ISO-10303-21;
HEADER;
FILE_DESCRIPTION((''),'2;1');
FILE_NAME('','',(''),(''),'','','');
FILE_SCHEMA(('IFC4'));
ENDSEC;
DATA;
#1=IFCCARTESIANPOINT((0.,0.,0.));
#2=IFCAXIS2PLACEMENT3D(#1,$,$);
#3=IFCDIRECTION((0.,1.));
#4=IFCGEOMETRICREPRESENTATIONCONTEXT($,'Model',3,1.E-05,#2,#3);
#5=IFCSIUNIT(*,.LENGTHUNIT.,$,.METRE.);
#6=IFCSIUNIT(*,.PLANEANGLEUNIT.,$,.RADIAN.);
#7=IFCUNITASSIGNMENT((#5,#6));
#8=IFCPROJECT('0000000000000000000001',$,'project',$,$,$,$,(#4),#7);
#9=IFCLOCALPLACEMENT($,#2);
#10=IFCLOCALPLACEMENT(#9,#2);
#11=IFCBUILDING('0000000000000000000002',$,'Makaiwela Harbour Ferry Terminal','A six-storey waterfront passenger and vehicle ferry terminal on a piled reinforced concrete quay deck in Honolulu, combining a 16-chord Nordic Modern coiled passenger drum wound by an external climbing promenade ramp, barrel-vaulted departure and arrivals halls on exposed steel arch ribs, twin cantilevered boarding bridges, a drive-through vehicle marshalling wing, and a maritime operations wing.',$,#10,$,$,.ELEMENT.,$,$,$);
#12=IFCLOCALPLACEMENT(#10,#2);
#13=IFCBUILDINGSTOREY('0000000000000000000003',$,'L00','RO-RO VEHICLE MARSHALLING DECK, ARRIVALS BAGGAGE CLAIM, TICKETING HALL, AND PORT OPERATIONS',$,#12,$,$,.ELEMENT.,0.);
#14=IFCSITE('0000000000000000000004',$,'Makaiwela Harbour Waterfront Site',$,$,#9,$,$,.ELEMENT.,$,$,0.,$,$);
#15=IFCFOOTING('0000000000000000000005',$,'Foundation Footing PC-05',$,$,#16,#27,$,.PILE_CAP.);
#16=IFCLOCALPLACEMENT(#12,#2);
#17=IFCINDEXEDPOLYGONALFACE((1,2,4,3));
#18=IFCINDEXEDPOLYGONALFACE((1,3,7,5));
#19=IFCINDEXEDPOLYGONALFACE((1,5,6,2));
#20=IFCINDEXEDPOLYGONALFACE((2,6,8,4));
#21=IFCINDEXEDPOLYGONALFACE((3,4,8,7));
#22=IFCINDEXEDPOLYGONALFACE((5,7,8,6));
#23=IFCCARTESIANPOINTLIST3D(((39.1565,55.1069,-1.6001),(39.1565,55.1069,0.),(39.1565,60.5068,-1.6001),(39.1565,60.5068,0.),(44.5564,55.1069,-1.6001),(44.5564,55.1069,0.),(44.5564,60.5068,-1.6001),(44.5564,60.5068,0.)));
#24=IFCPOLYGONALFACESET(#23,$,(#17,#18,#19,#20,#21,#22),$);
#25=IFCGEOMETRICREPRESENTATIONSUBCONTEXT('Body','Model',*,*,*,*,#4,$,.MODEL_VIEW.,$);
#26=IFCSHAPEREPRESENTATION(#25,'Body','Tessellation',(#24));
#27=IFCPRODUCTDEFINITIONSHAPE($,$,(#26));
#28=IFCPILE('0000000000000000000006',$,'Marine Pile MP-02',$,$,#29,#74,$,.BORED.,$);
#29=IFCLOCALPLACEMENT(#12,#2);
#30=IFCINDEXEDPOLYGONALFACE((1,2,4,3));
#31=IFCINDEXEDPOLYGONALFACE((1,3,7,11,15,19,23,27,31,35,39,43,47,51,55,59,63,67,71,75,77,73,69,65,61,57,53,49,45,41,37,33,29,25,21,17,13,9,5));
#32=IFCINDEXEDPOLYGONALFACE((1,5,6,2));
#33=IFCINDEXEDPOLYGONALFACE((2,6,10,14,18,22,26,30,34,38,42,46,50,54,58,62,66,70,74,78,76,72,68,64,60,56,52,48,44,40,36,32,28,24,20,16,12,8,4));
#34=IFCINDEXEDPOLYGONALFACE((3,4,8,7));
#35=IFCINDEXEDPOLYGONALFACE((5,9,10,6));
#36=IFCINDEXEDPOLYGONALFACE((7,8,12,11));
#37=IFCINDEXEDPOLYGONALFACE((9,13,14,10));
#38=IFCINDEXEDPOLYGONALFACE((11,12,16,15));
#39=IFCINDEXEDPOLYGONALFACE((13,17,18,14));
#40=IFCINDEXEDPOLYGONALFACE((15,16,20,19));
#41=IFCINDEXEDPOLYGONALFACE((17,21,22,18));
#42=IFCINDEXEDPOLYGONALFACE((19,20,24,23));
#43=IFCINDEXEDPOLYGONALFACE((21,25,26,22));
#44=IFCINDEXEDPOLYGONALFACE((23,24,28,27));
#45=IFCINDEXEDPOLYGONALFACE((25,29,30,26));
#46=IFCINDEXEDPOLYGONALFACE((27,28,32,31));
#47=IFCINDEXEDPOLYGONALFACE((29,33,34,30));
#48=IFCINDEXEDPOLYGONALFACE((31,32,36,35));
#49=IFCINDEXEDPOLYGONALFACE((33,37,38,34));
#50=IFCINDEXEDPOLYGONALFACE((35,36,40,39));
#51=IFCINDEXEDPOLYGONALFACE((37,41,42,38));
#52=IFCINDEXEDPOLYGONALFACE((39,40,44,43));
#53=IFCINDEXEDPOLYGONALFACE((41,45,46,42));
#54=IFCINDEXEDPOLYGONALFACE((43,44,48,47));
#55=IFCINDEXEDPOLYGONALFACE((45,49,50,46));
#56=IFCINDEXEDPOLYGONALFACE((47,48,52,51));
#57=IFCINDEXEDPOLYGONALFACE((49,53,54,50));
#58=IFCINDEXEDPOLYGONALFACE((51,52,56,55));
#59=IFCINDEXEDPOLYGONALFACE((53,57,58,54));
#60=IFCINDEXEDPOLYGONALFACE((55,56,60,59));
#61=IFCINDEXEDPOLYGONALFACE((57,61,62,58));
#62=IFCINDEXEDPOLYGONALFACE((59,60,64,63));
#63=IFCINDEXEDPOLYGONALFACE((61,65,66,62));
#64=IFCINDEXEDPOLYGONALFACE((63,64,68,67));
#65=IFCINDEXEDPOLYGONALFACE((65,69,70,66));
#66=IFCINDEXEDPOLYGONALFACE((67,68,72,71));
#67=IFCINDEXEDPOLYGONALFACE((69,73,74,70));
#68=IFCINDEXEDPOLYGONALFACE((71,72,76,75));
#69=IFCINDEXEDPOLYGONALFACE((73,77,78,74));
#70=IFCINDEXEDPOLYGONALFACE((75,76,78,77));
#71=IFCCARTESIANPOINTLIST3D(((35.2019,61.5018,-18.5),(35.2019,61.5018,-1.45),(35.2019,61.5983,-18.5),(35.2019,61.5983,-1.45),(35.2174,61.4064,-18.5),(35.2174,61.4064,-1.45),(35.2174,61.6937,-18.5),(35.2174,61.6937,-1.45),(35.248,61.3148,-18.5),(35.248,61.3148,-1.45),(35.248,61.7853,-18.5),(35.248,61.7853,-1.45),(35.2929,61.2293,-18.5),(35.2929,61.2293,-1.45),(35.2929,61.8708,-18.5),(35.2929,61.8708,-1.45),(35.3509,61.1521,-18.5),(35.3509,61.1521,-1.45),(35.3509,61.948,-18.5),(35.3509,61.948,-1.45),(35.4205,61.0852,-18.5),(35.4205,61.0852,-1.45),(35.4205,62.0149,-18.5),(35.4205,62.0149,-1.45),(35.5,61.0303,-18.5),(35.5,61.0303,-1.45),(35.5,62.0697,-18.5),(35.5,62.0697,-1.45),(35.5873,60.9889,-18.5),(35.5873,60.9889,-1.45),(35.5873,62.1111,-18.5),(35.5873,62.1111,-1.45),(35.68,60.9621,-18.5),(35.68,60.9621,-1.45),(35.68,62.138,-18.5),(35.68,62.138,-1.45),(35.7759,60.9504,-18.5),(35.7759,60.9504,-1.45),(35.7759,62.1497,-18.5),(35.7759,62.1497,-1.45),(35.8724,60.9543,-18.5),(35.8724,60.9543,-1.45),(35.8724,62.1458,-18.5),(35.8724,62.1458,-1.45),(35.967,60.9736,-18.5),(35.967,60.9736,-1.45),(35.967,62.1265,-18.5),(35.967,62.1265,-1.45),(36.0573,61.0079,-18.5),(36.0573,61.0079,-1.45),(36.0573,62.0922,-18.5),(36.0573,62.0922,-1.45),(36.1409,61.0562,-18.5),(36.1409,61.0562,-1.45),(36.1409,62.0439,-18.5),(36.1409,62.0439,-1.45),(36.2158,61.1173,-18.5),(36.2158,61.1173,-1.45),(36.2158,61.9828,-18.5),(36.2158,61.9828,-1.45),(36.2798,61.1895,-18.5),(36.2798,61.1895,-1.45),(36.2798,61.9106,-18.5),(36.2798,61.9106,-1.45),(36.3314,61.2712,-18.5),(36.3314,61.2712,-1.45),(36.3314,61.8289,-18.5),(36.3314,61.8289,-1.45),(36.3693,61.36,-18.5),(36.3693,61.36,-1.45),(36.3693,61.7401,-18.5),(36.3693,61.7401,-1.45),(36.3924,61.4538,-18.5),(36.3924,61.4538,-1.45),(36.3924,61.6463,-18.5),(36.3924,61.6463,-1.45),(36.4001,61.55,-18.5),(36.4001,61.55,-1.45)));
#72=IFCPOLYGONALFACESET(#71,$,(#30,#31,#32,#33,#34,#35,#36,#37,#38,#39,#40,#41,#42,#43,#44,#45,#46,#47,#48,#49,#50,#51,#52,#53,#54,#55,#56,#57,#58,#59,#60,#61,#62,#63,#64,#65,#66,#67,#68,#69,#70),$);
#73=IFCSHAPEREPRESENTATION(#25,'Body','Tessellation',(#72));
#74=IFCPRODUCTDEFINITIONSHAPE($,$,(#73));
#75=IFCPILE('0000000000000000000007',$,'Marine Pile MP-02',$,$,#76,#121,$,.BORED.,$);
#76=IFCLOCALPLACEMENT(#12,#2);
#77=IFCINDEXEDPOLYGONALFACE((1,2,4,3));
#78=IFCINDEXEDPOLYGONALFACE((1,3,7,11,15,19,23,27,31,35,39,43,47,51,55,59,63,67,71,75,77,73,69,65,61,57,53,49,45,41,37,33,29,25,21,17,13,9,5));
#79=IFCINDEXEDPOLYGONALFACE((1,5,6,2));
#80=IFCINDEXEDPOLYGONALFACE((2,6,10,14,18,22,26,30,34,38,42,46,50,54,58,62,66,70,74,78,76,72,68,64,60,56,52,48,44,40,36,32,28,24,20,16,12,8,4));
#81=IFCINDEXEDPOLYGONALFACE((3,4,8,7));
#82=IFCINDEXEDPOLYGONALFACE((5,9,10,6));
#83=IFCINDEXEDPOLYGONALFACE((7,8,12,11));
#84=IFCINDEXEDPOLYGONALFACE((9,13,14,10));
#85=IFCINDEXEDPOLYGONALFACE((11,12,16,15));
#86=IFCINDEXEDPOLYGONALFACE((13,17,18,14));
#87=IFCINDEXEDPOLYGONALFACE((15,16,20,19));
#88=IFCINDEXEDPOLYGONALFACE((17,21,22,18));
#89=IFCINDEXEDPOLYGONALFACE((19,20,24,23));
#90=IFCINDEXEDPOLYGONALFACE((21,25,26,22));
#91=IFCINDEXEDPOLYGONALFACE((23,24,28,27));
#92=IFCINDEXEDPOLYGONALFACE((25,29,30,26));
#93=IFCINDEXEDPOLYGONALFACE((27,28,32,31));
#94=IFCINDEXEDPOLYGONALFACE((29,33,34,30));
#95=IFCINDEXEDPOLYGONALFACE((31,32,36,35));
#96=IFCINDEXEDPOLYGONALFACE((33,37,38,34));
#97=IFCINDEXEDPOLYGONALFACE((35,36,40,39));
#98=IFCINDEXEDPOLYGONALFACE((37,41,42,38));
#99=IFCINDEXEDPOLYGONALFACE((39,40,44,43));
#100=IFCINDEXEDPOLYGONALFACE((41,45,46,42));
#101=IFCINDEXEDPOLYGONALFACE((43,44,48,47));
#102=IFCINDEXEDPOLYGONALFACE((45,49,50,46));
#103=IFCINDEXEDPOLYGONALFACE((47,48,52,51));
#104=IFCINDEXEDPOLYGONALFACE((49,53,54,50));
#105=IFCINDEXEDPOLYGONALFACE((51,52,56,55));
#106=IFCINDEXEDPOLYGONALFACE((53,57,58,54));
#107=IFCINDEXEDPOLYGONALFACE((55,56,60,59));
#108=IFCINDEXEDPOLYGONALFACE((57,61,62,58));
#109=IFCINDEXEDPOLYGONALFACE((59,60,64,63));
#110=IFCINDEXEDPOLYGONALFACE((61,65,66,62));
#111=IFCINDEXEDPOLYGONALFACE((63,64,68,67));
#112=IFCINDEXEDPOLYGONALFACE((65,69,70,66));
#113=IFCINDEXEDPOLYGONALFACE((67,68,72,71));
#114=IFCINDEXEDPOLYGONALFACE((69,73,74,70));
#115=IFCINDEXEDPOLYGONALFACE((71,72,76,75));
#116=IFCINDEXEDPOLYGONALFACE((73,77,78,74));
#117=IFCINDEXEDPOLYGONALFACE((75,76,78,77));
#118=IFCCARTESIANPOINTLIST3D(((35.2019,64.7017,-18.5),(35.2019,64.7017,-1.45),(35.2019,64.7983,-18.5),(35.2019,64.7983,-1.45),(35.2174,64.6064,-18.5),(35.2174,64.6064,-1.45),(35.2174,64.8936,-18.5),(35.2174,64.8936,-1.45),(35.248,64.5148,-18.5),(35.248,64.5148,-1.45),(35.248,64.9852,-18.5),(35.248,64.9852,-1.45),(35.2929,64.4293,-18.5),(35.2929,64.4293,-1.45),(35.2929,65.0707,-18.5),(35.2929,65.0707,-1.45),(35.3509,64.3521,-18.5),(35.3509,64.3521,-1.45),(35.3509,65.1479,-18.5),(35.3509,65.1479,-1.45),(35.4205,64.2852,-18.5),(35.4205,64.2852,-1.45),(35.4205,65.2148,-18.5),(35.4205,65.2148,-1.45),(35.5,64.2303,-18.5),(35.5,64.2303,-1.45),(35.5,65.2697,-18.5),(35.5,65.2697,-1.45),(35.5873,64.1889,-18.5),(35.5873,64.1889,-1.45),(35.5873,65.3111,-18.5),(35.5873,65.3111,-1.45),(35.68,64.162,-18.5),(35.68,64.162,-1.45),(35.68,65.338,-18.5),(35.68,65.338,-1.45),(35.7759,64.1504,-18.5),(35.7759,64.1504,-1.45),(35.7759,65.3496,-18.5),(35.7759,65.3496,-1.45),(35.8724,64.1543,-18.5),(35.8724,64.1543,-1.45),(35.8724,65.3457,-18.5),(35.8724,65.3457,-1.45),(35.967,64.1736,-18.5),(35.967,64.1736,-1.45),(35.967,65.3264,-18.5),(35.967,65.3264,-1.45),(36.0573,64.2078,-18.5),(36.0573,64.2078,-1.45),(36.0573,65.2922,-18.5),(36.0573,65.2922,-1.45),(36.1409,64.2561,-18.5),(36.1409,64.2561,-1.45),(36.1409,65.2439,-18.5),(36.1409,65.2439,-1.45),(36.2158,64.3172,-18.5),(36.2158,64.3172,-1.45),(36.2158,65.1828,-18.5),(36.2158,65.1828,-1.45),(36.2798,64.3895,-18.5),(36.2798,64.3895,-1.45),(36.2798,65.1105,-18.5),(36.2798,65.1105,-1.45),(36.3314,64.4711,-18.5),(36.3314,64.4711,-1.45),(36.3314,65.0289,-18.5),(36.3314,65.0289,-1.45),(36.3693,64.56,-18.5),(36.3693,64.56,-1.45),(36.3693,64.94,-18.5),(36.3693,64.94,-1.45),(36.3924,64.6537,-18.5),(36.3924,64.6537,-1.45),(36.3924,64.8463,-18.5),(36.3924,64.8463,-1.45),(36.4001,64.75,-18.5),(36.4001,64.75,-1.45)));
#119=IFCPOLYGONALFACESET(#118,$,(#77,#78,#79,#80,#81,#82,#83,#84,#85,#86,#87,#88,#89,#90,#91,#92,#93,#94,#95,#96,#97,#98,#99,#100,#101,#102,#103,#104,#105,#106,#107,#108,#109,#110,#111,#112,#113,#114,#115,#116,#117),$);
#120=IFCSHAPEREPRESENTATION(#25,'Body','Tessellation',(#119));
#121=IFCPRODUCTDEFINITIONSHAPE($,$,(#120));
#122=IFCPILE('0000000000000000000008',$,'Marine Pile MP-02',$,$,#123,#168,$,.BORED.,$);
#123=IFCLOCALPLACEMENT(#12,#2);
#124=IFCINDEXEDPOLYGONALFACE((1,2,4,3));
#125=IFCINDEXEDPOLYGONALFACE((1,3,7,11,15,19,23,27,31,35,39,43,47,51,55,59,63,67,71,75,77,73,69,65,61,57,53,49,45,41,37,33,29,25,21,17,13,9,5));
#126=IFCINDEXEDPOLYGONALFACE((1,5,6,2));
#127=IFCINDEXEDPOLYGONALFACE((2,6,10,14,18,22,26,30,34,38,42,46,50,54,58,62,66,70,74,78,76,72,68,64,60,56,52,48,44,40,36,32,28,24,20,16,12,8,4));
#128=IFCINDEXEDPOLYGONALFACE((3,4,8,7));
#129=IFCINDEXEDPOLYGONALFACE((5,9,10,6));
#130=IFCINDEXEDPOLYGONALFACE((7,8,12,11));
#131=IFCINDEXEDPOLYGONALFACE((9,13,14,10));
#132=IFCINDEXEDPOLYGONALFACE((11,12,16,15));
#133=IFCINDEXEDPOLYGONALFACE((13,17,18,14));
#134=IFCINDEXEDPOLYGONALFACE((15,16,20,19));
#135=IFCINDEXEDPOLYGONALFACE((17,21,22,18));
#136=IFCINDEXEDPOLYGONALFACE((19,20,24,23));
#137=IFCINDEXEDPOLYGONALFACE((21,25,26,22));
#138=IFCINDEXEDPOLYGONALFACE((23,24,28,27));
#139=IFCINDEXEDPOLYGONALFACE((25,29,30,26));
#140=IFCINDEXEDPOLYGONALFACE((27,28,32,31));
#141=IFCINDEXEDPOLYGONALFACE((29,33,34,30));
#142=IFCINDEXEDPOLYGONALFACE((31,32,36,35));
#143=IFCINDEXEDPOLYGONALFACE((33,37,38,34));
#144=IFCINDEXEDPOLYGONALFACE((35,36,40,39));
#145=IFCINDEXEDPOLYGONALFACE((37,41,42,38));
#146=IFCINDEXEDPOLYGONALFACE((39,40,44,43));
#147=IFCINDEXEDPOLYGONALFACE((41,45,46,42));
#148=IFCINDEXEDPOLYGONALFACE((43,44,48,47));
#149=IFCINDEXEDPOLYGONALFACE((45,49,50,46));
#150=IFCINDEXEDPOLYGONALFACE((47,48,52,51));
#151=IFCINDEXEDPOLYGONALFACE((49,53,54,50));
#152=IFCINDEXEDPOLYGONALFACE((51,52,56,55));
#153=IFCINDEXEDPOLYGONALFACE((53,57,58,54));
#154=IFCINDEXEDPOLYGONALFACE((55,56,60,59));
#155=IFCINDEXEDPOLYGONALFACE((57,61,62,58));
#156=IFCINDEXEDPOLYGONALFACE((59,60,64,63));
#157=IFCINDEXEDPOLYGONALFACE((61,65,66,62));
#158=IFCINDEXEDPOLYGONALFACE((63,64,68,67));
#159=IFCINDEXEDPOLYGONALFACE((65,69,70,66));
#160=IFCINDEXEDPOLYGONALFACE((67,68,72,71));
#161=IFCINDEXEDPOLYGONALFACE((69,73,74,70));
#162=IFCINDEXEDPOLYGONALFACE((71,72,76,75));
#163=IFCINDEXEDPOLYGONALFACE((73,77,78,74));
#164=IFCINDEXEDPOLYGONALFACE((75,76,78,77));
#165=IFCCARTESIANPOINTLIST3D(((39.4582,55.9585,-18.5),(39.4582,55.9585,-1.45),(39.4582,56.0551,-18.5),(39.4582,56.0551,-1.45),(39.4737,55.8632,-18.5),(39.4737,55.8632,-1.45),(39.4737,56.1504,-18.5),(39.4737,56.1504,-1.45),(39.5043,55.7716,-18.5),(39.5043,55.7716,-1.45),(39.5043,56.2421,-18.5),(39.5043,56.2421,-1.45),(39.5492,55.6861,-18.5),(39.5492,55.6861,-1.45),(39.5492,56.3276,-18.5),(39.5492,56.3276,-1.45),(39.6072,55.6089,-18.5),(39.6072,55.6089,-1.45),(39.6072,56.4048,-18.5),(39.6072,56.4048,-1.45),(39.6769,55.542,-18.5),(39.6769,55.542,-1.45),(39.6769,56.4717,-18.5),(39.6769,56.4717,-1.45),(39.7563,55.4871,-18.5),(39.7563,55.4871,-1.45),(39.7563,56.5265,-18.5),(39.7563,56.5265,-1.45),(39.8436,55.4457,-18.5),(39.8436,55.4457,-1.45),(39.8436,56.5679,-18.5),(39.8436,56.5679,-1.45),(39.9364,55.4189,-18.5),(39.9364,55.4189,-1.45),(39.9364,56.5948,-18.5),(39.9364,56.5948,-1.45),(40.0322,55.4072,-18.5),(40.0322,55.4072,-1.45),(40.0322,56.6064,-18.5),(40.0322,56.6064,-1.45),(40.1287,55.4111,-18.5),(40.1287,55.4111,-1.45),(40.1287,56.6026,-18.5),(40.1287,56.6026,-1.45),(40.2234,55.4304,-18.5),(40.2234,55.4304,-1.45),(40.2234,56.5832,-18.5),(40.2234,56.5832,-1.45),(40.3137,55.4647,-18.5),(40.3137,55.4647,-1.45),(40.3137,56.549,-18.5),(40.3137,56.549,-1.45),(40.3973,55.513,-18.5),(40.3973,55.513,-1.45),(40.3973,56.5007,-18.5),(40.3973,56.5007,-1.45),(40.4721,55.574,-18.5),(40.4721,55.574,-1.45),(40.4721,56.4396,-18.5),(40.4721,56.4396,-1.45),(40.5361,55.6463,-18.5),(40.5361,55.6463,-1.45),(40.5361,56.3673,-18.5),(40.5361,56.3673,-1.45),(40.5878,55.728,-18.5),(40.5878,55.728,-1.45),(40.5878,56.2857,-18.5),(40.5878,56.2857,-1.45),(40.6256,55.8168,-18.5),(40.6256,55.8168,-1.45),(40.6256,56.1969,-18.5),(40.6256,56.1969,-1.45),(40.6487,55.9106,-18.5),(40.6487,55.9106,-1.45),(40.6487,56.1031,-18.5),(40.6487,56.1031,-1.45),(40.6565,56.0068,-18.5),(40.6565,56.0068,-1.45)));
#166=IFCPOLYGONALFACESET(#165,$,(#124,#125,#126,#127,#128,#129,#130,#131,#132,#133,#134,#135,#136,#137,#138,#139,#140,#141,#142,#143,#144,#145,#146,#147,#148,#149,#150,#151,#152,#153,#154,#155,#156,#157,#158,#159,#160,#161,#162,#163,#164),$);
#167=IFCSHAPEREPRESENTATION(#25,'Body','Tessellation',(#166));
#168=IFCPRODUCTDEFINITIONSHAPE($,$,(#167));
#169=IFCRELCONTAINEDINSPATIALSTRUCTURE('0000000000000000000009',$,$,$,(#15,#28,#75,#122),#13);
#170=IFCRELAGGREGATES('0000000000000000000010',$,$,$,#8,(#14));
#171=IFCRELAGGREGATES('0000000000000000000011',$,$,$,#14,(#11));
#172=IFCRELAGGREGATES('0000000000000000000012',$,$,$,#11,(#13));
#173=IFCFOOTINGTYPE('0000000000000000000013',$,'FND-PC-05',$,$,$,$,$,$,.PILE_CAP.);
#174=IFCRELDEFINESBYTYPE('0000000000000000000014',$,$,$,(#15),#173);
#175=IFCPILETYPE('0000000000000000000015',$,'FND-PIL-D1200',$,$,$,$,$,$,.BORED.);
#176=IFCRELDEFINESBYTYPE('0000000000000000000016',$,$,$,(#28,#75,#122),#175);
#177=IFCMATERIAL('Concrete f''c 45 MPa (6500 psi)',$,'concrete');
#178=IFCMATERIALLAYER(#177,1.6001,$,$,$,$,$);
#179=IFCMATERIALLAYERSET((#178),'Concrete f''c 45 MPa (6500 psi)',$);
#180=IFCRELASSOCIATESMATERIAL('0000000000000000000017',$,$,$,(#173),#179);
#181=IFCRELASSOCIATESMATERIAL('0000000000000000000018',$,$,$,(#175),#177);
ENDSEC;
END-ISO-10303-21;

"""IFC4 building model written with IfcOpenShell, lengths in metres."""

from ifc_helpers import new_model, si_unit, direction, frame, origin, origin_2d, place, context, subcontext, project, spatial, rectangle, circle, extrude, material, layer, layer_set, material_profile, profile_set, type_object, element, save


model = new_model("IFC4")

# Units and contexts
model_context = context("Model", 3, precision=1e-05, world=origin(), true_north=direction((0.0, 1.0)))
body_context = subcontext(model_context, "Body", "Model", "MODEL_VIEW")
ifc_project = project(units=[si_unit("LENGTHUNIT", "METRE"), si_unit("PLANEANGLEUNIT", "RADIAN")], contexts=[model_context])

# Site, building, storey
site_placement = place(None, origin())
site = spatial("IfcSite", under=ifc_project, at=site_placement, Name="Makaiwela Harbour Waterfront Site", CompositionType="ELEMENT", RefElevation=0.0)
building_placement = place(site_placement, origin())
building = spatial("IfcBuilding", under=site, at=building_placement, Name="Makaiwela Harbour Ferry Terminal", Description="A six-storey waterfront passenger and vehicle ferry terminal on a piled reinforced concrete quay deck in Honolulu, combining a 16-chord Nordic Modern coiled passenger drum wound by an external climbing promenade ramp, barrel-vaulted departure and arrivals halls on exposed steel arch ribs, twin cantilevered boarding bridges, a drive-through vehicle marshalling wing, and a maritime operations wing.", CompositionType="ELEMENT")
storey_placement = place(building_placement, origin())
storey = spatial("IfcBuildingStorey", under=building, at=storey_placement, Name="L00", Description="RO-RO VEHICLE MARSHALLING DECK, ARRIVALS BAGGAGE CLAIM, TICKETING HALL, AND PORT OPERATIONS", CompositionType="ELEMENT", Elevation=0.0)

# Footing
ifc_material_1 = material(Name="Concrete f'c 45 MPa (6500 psi)", Category="concrete")
ifc_layer_1 = layer(ifc_material_1, 1.6001)
ifc_layer_set_1 = layer_set([ifc_layer_1], Name="Concrete f'c 45 MPa (6500 psi)")
footing_type = type_object("IfcFootingType", Name="FND-PC-05", PredefinedType="PILE_CAP", material=ifc_layer_set_1)
footing_placement = place(storey_placement, frame((41.8564, 57.8069, -1.6001), z_axis=(0.0, 0.0, 1.0), x_axis=(1.0, 0.0, 0.0)))
element("IfcFooting", 1, at=footing_placement, inside=storey, type_object=footing_type, Name="Foundation Footing PC-05", PredefinedType="PILE_CAP", context=body_context, shape_type="SweptSolid", body=[
    extrude(rectangle(XDim=5.3999, YDim=5.3999, at=origin_2d()), origin(), (0.0, 0.0, 1.0), 1.6001),
])

# Piles
ifc_material_profile_1 = material_profile(ifc_material_1, circle(Radius=0.6001, at=origin_2d()), Name="PILE-D1200")
ifc_profile_set_1 = profile_set([ifc_material_profile_1], Name="Concrete f'c 45 MPa (6500 psi)")
pile_type_1 = type_object("IfcPileType", Name="FND-PIL-D1200", PredefinedType="BORED", material=ifc_profile_set_1)
for number, where, z_axis, x_axis, name in (
    (2, (35.8, 61.55, -1.45), (0.0, 0.0, -1.0), (1.0, 0.0, 0.0), "Marine Pile MP-02"),
    (3, (35.8, 64.75, -1.45), (0.0, 0.0, -1.0), (1.0, 0.0, 0.0), "Marine Pile MP-02"),
    (4, (40.0564, 56.0068, -1.45), (0.0, 0.0, -1.0), (1.0, 0.0, 0.0), "Marine Pile MP-02"),
):
    element("IfcPile", number, at=place(storey_placement, frame(where, z_axis=z_axis, x_axis=x_axis)), inside=storey, type_object=pile_type_1, Name=name, PredefinedType="BORED", context=body_context, shape_type="SweptSolid", body=[
        extrude(circle(Radius=0.6001, at=origin_2d()), origin(), (0.0, 0.0, 1.0), 17.05),
    ])

save(model, "model.ifc")
